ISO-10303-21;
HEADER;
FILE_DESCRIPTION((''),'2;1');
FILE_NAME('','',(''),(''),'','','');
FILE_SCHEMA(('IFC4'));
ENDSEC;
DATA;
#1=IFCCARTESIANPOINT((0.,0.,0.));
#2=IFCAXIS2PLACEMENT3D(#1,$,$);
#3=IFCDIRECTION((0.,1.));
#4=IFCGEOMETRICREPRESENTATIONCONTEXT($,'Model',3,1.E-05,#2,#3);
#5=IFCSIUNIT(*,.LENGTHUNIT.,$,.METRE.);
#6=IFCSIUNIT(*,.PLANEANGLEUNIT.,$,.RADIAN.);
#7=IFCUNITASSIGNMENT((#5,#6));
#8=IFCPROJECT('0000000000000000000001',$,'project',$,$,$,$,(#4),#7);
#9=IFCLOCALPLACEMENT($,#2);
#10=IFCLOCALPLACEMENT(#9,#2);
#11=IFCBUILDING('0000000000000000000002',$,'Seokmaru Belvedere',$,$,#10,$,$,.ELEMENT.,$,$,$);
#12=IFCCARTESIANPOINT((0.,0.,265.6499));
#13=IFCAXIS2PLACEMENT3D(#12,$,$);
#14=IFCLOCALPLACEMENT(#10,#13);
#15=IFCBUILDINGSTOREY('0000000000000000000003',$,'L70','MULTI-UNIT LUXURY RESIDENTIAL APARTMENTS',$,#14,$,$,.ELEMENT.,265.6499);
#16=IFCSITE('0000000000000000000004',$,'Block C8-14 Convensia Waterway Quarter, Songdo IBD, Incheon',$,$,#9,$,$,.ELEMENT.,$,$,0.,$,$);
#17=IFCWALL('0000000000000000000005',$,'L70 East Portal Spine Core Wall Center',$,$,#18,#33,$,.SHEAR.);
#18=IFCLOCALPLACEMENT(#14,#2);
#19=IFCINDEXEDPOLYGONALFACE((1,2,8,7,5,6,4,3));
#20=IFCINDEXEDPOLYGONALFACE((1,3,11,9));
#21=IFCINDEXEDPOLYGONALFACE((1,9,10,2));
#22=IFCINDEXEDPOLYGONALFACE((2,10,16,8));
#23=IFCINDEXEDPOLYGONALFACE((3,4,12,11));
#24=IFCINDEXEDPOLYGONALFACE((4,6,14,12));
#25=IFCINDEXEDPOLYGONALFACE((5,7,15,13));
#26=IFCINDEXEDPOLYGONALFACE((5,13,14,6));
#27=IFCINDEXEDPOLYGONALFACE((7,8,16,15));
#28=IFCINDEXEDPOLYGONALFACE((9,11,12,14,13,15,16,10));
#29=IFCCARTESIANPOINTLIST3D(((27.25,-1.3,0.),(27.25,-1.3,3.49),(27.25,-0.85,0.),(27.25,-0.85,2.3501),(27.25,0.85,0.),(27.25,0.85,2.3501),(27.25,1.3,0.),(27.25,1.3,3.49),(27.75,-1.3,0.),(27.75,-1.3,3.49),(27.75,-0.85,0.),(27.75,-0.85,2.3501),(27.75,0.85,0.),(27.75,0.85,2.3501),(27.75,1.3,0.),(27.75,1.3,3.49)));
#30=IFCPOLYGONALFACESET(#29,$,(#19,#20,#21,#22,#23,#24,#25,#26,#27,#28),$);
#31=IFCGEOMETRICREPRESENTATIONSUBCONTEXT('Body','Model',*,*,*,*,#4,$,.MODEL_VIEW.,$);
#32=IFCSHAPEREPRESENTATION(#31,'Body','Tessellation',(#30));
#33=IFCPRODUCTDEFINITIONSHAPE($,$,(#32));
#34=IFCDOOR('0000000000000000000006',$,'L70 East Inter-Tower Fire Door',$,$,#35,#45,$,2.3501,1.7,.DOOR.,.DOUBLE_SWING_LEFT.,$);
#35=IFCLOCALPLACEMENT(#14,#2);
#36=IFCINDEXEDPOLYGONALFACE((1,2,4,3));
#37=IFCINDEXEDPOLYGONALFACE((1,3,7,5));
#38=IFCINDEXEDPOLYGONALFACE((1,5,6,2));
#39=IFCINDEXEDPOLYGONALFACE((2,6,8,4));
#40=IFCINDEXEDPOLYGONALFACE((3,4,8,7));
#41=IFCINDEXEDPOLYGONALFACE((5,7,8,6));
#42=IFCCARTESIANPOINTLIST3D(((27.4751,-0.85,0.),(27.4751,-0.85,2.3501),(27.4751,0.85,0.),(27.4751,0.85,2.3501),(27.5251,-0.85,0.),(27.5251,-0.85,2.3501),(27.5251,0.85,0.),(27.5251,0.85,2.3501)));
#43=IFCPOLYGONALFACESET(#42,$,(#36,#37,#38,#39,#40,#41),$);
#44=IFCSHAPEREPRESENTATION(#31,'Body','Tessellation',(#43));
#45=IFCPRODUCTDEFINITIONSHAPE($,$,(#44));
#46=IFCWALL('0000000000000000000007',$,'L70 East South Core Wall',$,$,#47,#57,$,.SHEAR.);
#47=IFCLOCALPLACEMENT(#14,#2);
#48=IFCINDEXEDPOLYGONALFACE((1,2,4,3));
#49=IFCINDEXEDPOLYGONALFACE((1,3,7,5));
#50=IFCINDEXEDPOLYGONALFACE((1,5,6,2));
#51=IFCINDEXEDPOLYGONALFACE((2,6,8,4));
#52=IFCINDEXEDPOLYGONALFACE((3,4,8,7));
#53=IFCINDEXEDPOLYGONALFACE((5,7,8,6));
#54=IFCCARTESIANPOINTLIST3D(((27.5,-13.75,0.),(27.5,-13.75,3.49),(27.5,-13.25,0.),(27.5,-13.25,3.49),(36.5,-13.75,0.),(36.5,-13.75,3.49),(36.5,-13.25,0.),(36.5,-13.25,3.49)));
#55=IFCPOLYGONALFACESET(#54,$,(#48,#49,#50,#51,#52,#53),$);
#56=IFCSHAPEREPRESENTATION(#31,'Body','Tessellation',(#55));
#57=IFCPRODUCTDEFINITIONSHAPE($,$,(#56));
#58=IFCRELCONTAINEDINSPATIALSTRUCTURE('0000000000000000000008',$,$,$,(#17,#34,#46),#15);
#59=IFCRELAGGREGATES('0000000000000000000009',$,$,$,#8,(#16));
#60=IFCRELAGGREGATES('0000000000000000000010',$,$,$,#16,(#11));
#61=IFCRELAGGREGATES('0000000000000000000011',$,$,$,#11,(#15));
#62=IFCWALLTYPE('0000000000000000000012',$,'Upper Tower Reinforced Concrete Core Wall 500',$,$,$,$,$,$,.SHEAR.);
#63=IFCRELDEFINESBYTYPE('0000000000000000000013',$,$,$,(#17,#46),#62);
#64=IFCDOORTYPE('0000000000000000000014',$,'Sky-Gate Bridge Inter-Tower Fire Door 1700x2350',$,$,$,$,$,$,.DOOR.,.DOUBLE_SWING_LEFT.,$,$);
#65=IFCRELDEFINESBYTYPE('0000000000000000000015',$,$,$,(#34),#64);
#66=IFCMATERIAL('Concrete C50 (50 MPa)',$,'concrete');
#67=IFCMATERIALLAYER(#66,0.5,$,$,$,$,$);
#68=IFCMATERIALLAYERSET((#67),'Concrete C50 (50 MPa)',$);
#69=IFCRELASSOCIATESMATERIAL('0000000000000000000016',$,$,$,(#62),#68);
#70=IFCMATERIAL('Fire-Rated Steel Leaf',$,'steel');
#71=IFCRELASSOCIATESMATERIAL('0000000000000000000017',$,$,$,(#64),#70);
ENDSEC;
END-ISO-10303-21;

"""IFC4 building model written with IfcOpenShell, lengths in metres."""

from ifc_helpers import new_model, si_unit, direction, frame, frame_2d, origin, place, context, subcontext, project, spatial, rectangle, extrude, source, transform, mapped, material, layer, layer_set, type_object, type_shapes, element, fill, save


model = new_model("IFC4")

# Units and contexts
model_context = context("Model", 3, precision=1e-05, world=origin(), true_north=direction((0.0, 1.0)))
body_context = subcontext(model_context, "Body", "Model", "MODEL_VIEW")
ifc_project = project(units=[si_unit("LENGTHUNIT", "METRE"), si_unit("PLANEANGLEUNIT", "RADIAN")], contexts=[model_context])

# Site, building, storey
site_placement = place(None, origin())
site = spatial("IfcSite", under=ifc_project, at=site_placement, Name="Block C8-14 Convensia Waterway Quarter, Songdo IBD, Incheon", CompositionType="ELEMENT", RefElevation=0.0)
building_placement = place(site_placement, origin())
building = spatial("IfcBuilding", under=site, at=building_placement, Name="Seokmaru Belvedere", CompositionType="ELEMENT")
storey_placement = place(building_placement, frame((0.0, 0.0, 265.6499)))
storey = spatial("IfcBuildingStorey", under=building, at=storey_placement, Name="L70", Description="MULTI-UNIT LUXURY RESIDENTIAL APARTMENTS", CompositionType="ELEMENT", Elevation=265.6499)

# Shared definitions
ifc_material_1 = material(Name="Fire-Rated Steel Leaf", Category="steel")

# Shared definitions
ifc_material_2 = material(Name="Concrete C50 (50 MPa)", Category="concrete")

# Shared definitions
ifc_layer_1 = layer(ifc_material_2, 0.5)
ifc_layer_set_1 = layer_set([ifc_layer_1], Name="Concrete C50 (50 MPa)")
wall_type_1 = type_object("IfcWallType", Name="Upper Tower Reinforced Concrete Core Wall 500", PredefinedType="SHEAR", material=ifc_layer_set_1)

# Wall, opening, door
wall_1_placement = place(storey_placement, frame((27.5, -1.3, 0.0), z_axis=(0.0, 0.0, 1.0), x_axis=(0.0, 1.0, 0.0)))
wall_1 = element("IfcWall", 1, at=wall_1_placement, inside=storey, type_object=wall_type_1, Name="L70 East Portal Spine Core Wall Center", PredefinedType="SHEAR", context=body_context, shape_type="SweptSolid", body=[
    extrude(rectangle(XDim=2.6001, YDim=0.5, at=frame_2d((1.3, 0.0))), origin(), (0.0, 0.0, 1.0), 3.49),
])
opening_1_placement = place(wall_1_placement, frame((0.45, 0.0, 0.0)))
opening_1 = element("IfcOpeningElement", 2, at=opening_1_placement, cuts=wall_1, PredefinedType="OPENING", context=body_context, shape_type="SweptSolid", body=[
    extrude(rectangle(XDim=1.7, YDim=2.3501, at=frame_2d((0.8501, 1.175))), frame((0.0, 0.26, 0.0), z_axis=(0.0, -1.0, 0.0), x_axis=(1.0, 0.0, 0.0)), (0.0, 0.0, 1.0), 0.52),
])
door_type_1 = type_object("IfcDoorType", Name="Sky-Gate Bridge Inter-Tower Fire Door 1700x2350", OperationType="DOUBLE_SWING_LEFT", PredefinedType="DOOR", material=ifc_material_1)
shared_shape_1 = source(origin(), body_context, "Body", "SweptSolid", [
    extrude(rectangle(XDim=1.7, YDim=2.3501, at=frame_2d((0.8501, 1.175))), frame((0.0, 0.0249, 0.0), z_axis=(0.0, -1.0, 0.0), x_axis=(1.0, 0.0, 0.0)), (0.0, 0.0, 1.0), 0.05),
])
type_shapes(door_type_1, [shared_shape_1])
door_1_placement = place(opening_1_placement, origin())
door_1 = element("IfcDoor", 3, at=door_1_placement, inside=storey, type_object=door_type_1, Name="L70 East Inter-Tower Fire Door", OperationType="DOUBLE_SWING_LEFT", OverallHeight=2.3501, OverallWidth=1.7, PredefinedType="DOOR", context=body_context, shape_type="MappedRepresentation", body=[
    mapped(shared_shape_1, transform((0.0, 0.0, 0.0), scale=1.0)),
])
fill(opening_1, door_1)

# Wall
wall_2_placement = place(storey_placement, frame((27.5, -13.5, 0.0), z_axis=(0.0, 0.0, 1.0), x_axis=(1.0, 0.0, 0.0)))
element("IfcWall", 4, at=wall_2_placement, inside=storey, type_object=wall_type_1, Name="L70 East South Core Wall", PredefinedType="SHEAR", context=body_context, shape_type="SweptSolid", body=[
    extrude(rectangle(XDim=9.0, YDim=0.5, at=frame_2d((4.5, 0.0))), origin(), (0.0, 0.0, 1.0), 3.49),
])

save(model, "model.ifc")
